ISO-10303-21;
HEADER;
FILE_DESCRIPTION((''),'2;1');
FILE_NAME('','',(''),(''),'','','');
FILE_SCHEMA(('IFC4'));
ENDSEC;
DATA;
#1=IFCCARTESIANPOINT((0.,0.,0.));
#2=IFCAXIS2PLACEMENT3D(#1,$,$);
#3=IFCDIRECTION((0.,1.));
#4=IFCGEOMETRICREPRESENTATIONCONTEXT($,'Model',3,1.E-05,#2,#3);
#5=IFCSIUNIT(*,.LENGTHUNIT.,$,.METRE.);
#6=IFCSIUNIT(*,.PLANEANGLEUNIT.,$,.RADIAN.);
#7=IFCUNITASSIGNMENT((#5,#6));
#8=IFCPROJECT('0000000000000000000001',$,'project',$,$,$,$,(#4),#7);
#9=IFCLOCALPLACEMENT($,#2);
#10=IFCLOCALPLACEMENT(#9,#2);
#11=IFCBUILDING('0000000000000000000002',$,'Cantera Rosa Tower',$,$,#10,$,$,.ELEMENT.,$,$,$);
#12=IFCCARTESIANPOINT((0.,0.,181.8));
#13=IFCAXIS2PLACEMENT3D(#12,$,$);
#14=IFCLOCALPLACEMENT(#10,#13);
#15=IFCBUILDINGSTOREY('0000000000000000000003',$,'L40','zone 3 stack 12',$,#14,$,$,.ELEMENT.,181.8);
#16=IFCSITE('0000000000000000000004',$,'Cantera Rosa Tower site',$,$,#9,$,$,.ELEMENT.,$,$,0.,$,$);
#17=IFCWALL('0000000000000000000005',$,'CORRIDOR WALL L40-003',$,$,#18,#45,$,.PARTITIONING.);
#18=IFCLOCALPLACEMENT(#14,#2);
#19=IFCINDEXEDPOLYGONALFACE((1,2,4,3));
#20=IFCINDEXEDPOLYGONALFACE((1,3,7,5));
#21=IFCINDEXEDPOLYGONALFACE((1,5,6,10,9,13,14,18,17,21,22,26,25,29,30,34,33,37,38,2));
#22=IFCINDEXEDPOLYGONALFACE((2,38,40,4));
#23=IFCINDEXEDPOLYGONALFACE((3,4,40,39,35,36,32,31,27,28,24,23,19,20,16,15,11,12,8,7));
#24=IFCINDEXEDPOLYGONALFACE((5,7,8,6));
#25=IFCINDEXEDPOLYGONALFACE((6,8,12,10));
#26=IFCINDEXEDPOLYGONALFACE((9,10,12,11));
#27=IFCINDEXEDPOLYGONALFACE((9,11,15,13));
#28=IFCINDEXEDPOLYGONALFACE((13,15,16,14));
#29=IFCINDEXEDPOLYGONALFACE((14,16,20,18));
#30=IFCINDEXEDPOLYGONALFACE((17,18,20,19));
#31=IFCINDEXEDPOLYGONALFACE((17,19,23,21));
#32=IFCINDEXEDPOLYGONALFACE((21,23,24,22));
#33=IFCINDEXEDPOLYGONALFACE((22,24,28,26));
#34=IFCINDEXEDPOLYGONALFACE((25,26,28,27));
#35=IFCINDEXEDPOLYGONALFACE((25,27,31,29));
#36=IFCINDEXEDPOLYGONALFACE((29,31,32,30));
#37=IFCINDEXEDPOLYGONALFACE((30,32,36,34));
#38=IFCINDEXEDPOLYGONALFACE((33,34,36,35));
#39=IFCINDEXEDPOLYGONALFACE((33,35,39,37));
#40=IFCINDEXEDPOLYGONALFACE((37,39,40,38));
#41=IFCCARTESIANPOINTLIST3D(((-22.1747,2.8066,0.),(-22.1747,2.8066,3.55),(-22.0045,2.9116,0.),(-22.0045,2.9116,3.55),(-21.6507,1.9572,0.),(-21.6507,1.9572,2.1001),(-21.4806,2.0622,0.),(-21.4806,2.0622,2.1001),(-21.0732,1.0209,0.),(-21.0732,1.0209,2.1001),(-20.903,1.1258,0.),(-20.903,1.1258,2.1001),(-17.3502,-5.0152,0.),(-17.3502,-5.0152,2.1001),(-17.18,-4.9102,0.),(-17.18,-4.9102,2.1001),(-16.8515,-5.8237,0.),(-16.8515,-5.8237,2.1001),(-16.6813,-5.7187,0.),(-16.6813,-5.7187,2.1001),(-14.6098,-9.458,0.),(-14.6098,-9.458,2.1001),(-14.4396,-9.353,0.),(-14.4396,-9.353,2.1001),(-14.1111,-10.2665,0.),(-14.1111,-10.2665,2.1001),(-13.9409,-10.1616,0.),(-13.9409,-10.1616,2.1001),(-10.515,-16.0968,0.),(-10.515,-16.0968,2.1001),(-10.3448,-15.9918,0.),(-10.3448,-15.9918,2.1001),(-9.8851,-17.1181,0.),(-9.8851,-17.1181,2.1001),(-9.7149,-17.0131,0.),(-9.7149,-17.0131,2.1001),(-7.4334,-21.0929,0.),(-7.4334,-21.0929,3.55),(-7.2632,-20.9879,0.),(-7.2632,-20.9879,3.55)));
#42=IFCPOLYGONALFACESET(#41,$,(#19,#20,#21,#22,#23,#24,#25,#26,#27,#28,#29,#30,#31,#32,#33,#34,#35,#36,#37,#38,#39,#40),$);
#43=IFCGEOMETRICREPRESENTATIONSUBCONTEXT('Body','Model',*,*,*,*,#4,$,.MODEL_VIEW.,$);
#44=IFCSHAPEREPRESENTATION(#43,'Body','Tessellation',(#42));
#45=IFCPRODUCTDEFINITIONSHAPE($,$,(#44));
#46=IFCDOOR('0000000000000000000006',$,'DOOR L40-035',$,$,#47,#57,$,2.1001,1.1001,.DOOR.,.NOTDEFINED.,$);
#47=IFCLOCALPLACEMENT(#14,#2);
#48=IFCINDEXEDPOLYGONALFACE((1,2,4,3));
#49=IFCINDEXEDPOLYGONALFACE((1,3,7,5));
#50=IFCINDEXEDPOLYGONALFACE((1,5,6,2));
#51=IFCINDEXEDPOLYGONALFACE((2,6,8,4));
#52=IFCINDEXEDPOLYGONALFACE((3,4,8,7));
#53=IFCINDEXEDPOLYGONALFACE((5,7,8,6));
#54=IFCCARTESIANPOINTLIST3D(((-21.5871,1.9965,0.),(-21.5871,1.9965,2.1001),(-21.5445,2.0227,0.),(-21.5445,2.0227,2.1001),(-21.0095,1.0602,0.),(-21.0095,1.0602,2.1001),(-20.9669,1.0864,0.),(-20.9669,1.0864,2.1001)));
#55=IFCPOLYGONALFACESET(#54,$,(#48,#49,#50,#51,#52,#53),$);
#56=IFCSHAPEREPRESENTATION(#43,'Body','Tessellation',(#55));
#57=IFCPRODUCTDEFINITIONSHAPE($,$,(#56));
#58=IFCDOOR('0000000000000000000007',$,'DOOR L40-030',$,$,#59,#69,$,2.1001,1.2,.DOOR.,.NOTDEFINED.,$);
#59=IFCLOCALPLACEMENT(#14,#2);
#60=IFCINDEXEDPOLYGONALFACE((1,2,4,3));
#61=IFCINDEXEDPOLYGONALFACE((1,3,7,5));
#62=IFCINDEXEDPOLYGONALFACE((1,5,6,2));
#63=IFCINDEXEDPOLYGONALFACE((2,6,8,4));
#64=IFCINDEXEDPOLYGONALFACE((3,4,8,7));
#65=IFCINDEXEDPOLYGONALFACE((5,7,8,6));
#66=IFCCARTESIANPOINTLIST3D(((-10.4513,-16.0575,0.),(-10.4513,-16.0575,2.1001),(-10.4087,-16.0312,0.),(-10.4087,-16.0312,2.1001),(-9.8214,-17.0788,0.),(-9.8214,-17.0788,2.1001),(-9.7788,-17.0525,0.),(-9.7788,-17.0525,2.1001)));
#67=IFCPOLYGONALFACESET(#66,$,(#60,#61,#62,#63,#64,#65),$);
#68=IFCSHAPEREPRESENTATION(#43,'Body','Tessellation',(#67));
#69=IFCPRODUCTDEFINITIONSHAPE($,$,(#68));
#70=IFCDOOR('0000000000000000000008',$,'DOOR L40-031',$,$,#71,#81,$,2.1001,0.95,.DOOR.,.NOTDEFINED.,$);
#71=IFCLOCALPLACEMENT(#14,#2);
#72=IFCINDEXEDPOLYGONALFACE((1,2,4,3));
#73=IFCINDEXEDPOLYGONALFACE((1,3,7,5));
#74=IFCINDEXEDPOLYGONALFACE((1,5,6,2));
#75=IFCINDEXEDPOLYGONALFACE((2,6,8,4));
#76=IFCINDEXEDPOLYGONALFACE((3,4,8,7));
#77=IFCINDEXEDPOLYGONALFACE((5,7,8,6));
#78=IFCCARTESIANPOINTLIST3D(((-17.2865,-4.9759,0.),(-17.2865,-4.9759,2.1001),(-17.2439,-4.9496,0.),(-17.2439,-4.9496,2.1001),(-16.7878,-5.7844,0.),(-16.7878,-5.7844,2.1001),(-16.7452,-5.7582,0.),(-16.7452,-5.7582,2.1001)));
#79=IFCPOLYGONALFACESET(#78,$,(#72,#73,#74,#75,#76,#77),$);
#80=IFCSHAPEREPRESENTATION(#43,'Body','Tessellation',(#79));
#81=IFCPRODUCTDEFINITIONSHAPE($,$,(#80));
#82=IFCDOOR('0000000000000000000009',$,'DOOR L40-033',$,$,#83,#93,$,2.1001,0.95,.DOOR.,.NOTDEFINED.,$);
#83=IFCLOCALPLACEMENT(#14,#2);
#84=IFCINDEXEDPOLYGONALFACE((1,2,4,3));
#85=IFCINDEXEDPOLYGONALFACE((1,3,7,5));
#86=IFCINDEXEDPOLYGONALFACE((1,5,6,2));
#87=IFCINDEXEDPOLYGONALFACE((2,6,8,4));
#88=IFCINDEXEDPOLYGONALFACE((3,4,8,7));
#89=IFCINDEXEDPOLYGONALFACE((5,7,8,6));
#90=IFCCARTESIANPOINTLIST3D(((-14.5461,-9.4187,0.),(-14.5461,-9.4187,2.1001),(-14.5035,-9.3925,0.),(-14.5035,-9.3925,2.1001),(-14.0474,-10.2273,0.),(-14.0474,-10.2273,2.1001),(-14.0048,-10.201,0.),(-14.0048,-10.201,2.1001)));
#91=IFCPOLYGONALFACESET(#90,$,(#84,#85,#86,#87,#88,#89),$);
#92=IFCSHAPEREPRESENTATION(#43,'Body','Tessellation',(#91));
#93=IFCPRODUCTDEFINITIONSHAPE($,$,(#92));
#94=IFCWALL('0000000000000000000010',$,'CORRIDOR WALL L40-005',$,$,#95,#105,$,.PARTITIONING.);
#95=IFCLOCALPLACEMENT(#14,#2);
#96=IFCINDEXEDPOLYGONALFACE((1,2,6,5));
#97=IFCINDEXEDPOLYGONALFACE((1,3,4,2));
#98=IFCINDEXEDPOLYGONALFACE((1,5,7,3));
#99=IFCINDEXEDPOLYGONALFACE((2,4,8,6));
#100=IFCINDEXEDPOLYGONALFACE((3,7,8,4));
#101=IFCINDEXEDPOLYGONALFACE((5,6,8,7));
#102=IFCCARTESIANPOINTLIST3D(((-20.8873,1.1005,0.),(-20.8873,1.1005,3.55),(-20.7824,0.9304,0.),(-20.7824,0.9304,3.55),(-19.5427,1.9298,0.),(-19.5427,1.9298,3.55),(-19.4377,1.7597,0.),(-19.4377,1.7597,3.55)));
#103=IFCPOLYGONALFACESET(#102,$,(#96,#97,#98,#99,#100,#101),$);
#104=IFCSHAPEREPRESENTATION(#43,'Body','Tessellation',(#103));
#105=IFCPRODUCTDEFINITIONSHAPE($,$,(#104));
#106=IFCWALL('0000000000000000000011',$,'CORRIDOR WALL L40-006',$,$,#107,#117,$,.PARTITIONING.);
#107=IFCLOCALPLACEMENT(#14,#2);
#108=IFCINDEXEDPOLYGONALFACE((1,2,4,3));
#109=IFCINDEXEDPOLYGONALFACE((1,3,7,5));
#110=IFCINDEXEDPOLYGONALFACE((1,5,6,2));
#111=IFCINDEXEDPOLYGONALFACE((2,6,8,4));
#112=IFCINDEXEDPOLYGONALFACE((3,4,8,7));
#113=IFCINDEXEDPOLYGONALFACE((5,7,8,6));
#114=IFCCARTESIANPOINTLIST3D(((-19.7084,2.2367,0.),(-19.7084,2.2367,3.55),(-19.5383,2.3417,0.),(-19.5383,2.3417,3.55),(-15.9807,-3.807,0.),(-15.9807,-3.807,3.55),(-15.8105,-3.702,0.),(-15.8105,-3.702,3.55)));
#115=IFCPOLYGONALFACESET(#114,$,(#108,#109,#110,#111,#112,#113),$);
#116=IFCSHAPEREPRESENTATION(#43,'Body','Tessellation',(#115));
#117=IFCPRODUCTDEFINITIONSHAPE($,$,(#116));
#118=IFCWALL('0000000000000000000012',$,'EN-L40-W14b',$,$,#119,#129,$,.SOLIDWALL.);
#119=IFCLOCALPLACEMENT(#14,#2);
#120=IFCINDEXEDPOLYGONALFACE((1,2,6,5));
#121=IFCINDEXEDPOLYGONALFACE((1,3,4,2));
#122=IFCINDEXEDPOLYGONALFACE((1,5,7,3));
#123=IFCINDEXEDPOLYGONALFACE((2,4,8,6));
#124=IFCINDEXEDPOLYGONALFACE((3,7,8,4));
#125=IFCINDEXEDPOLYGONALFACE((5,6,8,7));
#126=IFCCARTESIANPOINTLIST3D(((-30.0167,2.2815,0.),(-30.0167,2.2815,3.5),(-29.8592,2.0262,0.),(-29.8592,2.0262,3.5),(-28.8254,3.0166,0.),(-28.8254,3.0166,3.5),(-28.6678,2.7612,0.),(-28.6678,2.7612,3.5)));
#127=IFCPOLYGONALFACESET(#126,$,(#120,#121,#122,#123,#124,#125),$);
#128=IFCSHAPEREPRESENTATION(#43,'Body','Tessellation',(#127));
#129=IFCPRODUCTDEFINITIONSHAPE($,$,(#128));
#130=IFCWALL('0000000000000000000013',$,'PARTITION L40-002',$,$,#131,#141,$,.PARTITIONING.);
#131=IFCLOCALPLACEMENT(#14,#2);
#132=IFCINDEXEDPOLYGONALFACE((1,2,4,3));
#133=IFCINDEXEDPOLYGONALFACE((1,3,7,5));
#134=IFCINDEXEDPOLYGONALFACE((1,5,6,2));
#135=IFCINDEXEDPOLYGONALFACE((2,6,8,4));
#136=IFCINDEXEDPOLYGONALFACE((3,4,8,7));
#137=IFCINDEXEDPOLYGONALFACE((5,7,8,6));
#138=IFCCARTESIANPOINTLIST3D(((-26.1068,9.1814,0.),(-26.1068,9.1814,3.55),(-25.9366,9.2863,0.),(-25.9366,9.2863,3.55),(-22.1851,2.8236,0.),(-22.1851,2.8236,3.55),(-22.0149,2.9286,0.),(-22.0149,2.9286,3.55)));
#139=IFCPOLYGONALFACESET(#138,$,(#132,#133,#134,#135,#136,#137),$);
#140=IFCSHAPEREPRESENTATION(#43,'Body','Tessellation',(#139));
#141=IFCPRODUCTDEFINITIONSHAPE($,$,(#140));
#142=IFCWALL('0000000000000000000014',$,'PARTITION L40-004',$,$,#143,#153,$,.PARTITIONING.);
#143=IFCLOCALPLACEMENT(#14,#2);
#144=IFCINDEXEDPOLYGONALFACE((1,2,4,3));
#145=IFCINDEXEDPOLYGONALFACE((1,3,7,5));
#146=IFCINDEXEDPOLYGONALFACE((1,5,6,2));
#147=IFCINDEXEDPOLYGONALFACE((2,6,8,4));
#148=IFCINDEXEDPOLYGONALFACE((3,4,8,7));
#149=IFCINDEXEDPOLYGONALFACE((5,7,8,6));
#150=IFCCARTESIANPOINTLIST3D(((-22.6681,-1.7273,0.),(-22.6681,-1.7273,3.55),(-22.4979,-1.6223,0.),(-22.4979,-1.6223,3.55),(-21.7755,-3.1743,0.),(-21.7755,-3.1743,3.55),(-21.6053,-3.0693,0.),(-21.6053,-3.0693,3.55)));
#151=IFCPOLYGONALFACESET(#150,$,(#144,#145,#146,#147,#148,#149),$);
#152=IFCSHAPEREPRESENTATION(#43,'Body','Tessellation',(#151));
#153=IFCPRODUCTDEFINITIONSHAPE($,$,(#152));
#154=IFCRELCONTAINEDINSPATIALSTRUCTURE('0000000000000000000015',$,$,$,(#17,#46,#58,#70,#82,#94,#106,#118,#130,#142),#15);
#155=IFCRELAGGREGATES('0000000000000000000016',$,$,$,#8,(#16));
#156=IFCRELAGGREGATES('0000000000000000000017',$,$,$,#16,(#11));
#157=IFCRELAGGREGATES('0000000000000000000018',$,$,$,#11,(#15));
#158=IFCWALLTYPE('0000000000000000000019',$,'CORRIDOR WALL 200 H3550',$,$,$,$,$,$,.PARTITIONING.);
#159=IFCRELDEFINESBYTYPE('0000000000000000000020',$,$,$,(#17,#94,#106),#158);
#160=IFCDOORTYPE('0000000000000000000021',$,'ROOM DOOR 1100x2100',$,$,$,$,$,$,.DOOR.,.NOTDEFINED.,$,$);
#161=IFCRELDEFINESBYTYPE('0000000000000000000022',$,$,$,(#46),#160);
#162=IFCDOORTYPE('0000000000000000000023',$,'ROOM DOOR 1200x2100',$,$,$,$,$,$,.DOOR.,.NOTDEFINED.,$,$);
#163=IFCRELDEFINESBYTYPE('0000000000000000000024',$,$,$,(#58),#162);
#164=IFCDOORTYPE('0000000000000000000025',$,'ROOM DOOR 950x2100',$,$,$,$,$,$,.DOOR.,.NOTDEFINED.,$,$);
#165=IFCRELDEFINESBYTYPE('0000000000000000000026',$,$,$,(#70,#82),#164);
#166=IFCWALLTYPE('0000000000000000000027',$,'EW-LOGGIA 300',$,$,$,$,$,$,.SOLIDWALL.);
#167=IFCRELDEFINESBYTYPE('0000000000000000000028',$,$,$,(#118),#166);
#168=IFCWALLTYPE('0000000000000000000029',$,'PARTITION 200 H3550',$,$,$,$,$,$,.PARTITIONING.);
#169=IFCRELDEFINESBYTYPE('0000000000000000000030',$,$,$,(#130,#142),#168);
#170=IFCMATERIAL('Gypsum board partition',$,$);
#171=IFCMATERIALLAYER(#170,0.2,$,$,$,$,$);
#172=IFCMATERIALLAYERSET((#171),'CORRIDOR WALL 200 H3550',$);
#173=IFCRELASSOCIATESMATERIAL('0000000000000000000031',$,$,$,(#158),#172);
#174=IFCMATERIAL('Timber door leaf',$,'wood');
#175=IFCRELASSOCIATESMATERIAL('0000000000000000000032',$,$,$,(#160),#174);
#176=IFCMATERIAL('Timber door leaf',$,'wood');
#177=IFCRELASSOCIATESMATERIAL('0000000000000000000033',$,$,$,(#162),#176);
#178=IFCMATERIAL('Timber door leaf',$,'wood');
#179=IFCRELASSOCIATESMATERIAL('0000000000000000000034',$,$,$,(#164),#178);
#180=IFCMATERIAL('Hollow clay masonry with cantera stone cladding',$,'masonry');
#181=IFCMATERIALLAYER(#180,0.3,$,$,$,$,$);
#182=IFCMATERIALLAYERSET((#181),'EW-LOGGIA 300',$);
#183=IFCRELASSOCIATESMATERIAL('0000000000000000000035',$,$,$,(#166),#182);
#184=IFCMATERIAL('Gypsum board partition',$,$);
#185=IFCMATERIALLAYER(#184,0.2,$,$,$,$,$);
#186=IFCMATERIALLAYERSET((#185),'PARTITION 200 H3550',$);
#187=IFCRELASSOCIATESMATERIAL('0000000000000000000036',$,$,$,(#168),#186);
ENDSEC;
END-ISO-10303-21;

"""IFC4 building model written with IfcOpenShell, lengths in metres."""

from ifc_helpers import new_model, si_unit, direction, frame, frame_2d, origin, place, context, subcontext, project, spatial, rectangle, extrude, material, layer, layer_set, type_object, element, fill, save


model = new_model("IFC4")

# Units and contexts
model_context = context("Model", 3, precision=1e-05, world=origin(), true_north=direction((0.0, 1.0)))
body_context = subcontext(model_context, "Body", "Model", "MODEL_VIEW")
ifc_project = project(units=[si_unit("LENGTHUNIT", "METRE"), si_unit("PLANEANGLEUNIT", "RADIAN")], contexts=[model_context])

# Site, building, storey
site_placement = place(None, origin())
site = spatial("IfcSite", under=ifc_project, at=site_placement, Name="Cantera Rosa Tower site", CompositionType="ELEMENT", RefElevation=0.0)
building_placement = place(site_placement, origin())
building = spatial("IfcBuilding", under=site, at=building_placement, Name="Cantera Rosa Tower", CompositionType="ELEMENT")
storey_placement = place(building_placement, frame((0.0, 0.0, 181.8)))
storey = spatial("IfcBuildingStorey", under=building, at=storey_placement, Name="L40", Description="zone 3 stack 12", CompositionType="ELEMENT", Elevation=181.8)

# Wall, openings, doors
ifc_material_1 = material(Name="Gypsum board partition")
ifc_layer_1 = layer(ifc_material_1, 0.2)
ifc_layer_set_1 = layer_set([ifc_layer_1], Name="CORRIDOR WALL 200 H3550")
wall_type_1 = type_object("IfcWallType", Name="CORRIDOR WALL 200 H3550", PredefinedType="PARTITIONING", material=ifc_layer_set_1)
wall_1_placement = place(storey_placement, frame((-22.0896, 2.8591, 0.0), z_axis=(0.0, 0.0, 1.0), x_axis=(0.524972, -0.851119, 0.0)))
wall_1 = element("IfcWall", 1, at=wall_1_placement, inside=storey, type_object=wall_type_1, Name="CORRIDOR WALL L40-003", PredefinedType="PARTITIONING", context=body_context, shape_type="SweptSolid", body=[
    extrude(rectangle(XDim=28.0801, YDim=0.2, at=frame_2d((14.04, 0.0))), origin(), (0.0, 0.0, 1.0), 3.55),
])
opening_1_placement = place(wall_1_placement, frame((22.21, 0.0, 0.0)))
opening_1 = element("IfcOpeningElement", 2, at=opening_1_placement, cuts=wall_1, PredefinedType="OPENING", context=body_context, shape_type="SweptSolid", body=[
    extrude(rectangle(XDim=1.2, YDim=2.1001, at=frame_2d((0.6001, 1.05))), frame((0.0, 0.1099, 0.0), z_axis=(0.0, -1.0, 0.0), x_axis=(1.0, 0.0, 0.0)), (0.0, 0.0, 1.0), 0.22),
])
opening_2_placement = place(wall_1_placement, frame((9.1899, 0.0, 0.0)))
opening_2 = element("IfcOpeningElement", 3, at=opening_2_placement, cuts=wall_1, PredefinedType="OPENING", context=body_context, shape_type="SweptSolid", body=[
    extrude(rectangle(XDim=0.95, YDim=2.1001, at=frame_2d((0.4751, 1.05))), frame((0.0, 0.1099, 0.0), z_axis=(0.0, -1.0, 0.0), x_axis=(1.0, 0.0, 0.0)), (0.0, 0.0, 1.0), 0.22),
])
opening_3_placement = place(wall_1_placement, frame((14.4099, 0.0, 0.0)))
opening_3 = element("IfcOpeningElement", 4, at=opening_3_placement, cuts=wall_1, PredefinedType="OPENING", context=body_context, shape_type="SweptSolid", body=[
    extrude(rectangle(XDim=0.95, YDim=2.1001, at=frame_2d((0.4751, 1.05))), frame((0.0, 0.1099, 0.0), z_axis=(0.0, -1.0, 0.0), x_axis=(1.0, 0.0, 0.0)), (0.0, 0.0, 1.0), 0.22),
])
opening_4_placement = place(wall_1_placement, frame((0.998, 0.0, 0.0)))
opening_4 = element("IfcOpeningElement", 5, at=opening_4_placement, cuts=wall_1, PredefinedType="OPENING", context=body_context, shape_type="SweptSolid", body=[
    extrude(rectangle(XDim=1.1001, YDim=2.1001, at=frame_2d((0.55, 1.05))), frame((0.0, 0.1099, 0.0), z_axis=(0.0, -1.0, 0.0), x_axis=(1.0, 0.0, 0.0)), (0.0, 0.0, 1.0), 0.22),
])
ifc_material_2 = material(Name="Timber door leaf", Category="wood")
door_type_1 = type_object("IfcDoorType", Name="ROOM DOOR 1100x2100", OperationType="NOTDEFINED", PredefinedType="DOOR", material=ifc_material_2)
door_1_placement = place(opening_4_placement, origin())
door_1 = element("IfcDoor", 6, at=door_1_placement, inside=storey, type_object=door_type_1, Name="DOOR L40-035", OperationType="NOTDEFINED", OverallHeight=2.1001, OverallWidth=1.1001, PredefinedType="DOOR", context=body_context, shape_type="SweptSolid", body=[
    extrude(rectangle(XDim=1.1001, YDim=2.1001, at=frame_2d((0.55, 1.05))), frame((0.0, 0.0249, 0.0), z_axis=(0.0, -1.0, 0.0), x_axis=(1.0, 0.0, 0.0)), (0.0, 0.0, 1.0), 0.05),
])
fill(opening_4, door_1)
ifc_material_3 = material(Name="Timber door leaf", Category="wood")
door_type_2 = type_object("IfcDoorType", Name="ROOM DOOR 1200x2100", OperationType="NOTDEFINED", PredefinedType="DOOR", material=ifc_material_3)
door_2_placement = place(opening_1_placement, origin())
door_2 = element("IfcDoor", 7, at=door_2_placement, inside=storey, type_object=door_type_2, Name="DOOR L40-030", OperationType="NOTDEFINED", OverallHeight=2.1001, OverallWidth=1.2, PredefinedType="DOOR", context=body_context, shape_type="SweptSolid", body=[
    extrude(rectangle(XDim=1.2, YDim=2.1001, at=frame_2d((0.6001, 1.05))), frame((0.0, 0.0249, 0.0), z_axis=(0.0, -1.0, 0.0), x_axis=(1.0, 0.0, 0.0)), (0.0, 0.0, 1.0), 0.05),
])
fill(opening_1, door_2)
ifc_material_4 = material(Name="Timber door leaf", Category="wood")
door_type_3 = type_object("IfcDoorType", Name="ROOM DOOR 950x2100", OperationType="NOTDEFINED", PredefinedType="DOOR", material=ifc_material_4)
door_3_placement = place(opening_2_placement, origin())
door_3 = element("IfcDoor", 8, at=door_3_placement, inside=storey, type_object=door_type_3, Name="DOOR L40-031", OperationType="NOTDEFINED", OverallHeight=2.1001, OverallWidth=0.95, PredefinedType="DOOR", context=body_context, shape_type="SweptSolid", body=[
    extrude(rectangle(XDim=0.95, YDim=2.1001, at=frame_2d((0.4751, 1.05))), frame((0.0, 0.0249, 0.0), z_axis=(0.0, -1.0, 0.0), x_axis=(1.0, 0.0, 0.0)), (0.0, 0.0, 1.0), 0.05),
])
fill(opening_2, door_3)
door_4_placement = place(opening_3_placement, origin())
door_4 = element("IfcDoor", 9, at=door_4_placement, inside=storey, type_object=door_type_3, Name="DOOR L40-033", OperationType="NOTDEFINED", OverallHeight=2.1001, OverallWidth=0.95, PredefinedType="DOOR", context=body_context, shape_type="SweptSolid", body=[
    extrude(rectangle(XDim=0.95, YDim=2.1001, at=frame_2d((0.4751, 1.05))), frame((0.0, 0.0249, 0.0), z_axis=(0.0, -1.0, 0.0), x_axis=(1.0, 0.0, 0.0)), (0.0, 0.0, 1.0), 0.05),
])
fill(opening_3, door_4)

# Walls
wall_2_placement = place(storey_placement, frame((-20.835, 1.0154, 0.0), z_axis=(0.0, 0.0, 1.0), x_axis=(0.851143, 0.524933, 0.0)))
element("IfcWall", 10, at=wall_2_placement, inside=storey, type_object=wall_type_1, Name="CORRIDOR WALL L40-005", PredefinedType="PARTITIONING", context=body_context, shape_type="SweptSolid", body=[
    extrude(rectangle(XDim=1.5798, YDim=0.2, at=frame_2d((0.79, 0.0))), origin(), (0.0, 0.0, 1.0), 3.55),
])
wall_3_placement = place(storey_placement, frame((-19.6233, 2.2891, 0.0), z_axis=(0.0, 0.0, 1.0), x_axis=(0.524974, -0.851118, 0.0)))
element("IfcWall", 11, at=wall_3_placement, inside=storey, type_object=wall_type_1, Name="CORRIDOR WALL L40-006", PredefinedType="PARTITIONING", context=body_context, shape_type="SweptSolid", body=[
    extrude(rectangle(XDim=7.1008, YDim=0.2, at=frame_2d((3.5503, 0.0))), origin(), (0.0, 0.0, 1.0), 3.55),
])
ifc_material_5 = material(Name="Hollow clay masonry with cantera stone cladding", Category="masonry")
ifc_layer_2 = layer(ifc_material_5, 0.3)
ifc_layer_set_2 = layer_set([ifc_layer_2], Name="EW-LOGGIA 300")
wall_type_2 = type_object("IfcWallType", Name="EW-LOGGIA 300", PredefinedType="SOLIDWALL", material=ifc_layer_set_2)
wall_4_placement = place(storey_placement, frame((-28.7466, 2.8889, 0.0), z_axis=(0.0, 0.0, 1.0), x_axis=(-0.851041, -0.525099, 0.0)))
element("IfcWall", 12, at=wall_4_placement, inside=storey, type_object=wall_type_2, Name="EN-L40-W14b", PredefinedType="SOLIDWALL", context=body_context, shape_type="SweptSolid", body=[
    extrude(rectangle(XDim=1.3999, YDim=0.3, at=frame_2d((0.7, 0.0))), origin(), (0.0, 0.0, 1.0), 3.5),
])

# Walls
ifc_material_6 = material(Name="Gypsum board partition")
ifc_layer_3 = layer(ifc_material_6, 0.2)
ifc_layer_set_3 = layer_set([ifc_layer_3], Name="PARTITION 200 H3550")
wall_type_3 = type_object("IfcWallType", Name="PARTITION 200 H3550", PredefinedType="PARTITIONING", material=ifc_layer_set_3)
wall_5_placement = place(storey_placement, frame((-22.1001, 2.8762, 0.0), z_axis=(0.0, 0.0, 1.0), x_axis=(-0.524992, 0.851107, 0.0)))
element("IfcWall", 13, at=wall_5_placement, inside=storey, type_object=wall_type_3, Name="PARTITION L40-002", PredefinedType="PARTITIONING", context=body_context, shape_type="SweptSolid", body=[
    extrude(rectangle(XDim=7.47, YDim=0.2, at=frame_2d((3.7349, 0.0))), origin(), (0.0, 0.0, 1.0), 3.55),
])
wall_6_placement = place(storey_placement, frame((-21.6904, -3.1218, 0.0), z_axis=(0.0, 0.0, 1.0), x_axis=(-0.524994, 0.851106, 0.0)))
element("IfcWall", 14, at=wall_6_placement, inside=storey, type_object=wall_type_3, Name="PARTITION L40-004", PredefinedType="PARTITIONING", context=body_context, shape_type="SweptSolid", body=[
    extrude(rectangle(XDim=1.7002, YDim=0.2, at=frame_2d((0.8501, 0.0))), origin(), (0.0, 0.0, 1.0), 3.55),
])

save(model, "model.ifc")
